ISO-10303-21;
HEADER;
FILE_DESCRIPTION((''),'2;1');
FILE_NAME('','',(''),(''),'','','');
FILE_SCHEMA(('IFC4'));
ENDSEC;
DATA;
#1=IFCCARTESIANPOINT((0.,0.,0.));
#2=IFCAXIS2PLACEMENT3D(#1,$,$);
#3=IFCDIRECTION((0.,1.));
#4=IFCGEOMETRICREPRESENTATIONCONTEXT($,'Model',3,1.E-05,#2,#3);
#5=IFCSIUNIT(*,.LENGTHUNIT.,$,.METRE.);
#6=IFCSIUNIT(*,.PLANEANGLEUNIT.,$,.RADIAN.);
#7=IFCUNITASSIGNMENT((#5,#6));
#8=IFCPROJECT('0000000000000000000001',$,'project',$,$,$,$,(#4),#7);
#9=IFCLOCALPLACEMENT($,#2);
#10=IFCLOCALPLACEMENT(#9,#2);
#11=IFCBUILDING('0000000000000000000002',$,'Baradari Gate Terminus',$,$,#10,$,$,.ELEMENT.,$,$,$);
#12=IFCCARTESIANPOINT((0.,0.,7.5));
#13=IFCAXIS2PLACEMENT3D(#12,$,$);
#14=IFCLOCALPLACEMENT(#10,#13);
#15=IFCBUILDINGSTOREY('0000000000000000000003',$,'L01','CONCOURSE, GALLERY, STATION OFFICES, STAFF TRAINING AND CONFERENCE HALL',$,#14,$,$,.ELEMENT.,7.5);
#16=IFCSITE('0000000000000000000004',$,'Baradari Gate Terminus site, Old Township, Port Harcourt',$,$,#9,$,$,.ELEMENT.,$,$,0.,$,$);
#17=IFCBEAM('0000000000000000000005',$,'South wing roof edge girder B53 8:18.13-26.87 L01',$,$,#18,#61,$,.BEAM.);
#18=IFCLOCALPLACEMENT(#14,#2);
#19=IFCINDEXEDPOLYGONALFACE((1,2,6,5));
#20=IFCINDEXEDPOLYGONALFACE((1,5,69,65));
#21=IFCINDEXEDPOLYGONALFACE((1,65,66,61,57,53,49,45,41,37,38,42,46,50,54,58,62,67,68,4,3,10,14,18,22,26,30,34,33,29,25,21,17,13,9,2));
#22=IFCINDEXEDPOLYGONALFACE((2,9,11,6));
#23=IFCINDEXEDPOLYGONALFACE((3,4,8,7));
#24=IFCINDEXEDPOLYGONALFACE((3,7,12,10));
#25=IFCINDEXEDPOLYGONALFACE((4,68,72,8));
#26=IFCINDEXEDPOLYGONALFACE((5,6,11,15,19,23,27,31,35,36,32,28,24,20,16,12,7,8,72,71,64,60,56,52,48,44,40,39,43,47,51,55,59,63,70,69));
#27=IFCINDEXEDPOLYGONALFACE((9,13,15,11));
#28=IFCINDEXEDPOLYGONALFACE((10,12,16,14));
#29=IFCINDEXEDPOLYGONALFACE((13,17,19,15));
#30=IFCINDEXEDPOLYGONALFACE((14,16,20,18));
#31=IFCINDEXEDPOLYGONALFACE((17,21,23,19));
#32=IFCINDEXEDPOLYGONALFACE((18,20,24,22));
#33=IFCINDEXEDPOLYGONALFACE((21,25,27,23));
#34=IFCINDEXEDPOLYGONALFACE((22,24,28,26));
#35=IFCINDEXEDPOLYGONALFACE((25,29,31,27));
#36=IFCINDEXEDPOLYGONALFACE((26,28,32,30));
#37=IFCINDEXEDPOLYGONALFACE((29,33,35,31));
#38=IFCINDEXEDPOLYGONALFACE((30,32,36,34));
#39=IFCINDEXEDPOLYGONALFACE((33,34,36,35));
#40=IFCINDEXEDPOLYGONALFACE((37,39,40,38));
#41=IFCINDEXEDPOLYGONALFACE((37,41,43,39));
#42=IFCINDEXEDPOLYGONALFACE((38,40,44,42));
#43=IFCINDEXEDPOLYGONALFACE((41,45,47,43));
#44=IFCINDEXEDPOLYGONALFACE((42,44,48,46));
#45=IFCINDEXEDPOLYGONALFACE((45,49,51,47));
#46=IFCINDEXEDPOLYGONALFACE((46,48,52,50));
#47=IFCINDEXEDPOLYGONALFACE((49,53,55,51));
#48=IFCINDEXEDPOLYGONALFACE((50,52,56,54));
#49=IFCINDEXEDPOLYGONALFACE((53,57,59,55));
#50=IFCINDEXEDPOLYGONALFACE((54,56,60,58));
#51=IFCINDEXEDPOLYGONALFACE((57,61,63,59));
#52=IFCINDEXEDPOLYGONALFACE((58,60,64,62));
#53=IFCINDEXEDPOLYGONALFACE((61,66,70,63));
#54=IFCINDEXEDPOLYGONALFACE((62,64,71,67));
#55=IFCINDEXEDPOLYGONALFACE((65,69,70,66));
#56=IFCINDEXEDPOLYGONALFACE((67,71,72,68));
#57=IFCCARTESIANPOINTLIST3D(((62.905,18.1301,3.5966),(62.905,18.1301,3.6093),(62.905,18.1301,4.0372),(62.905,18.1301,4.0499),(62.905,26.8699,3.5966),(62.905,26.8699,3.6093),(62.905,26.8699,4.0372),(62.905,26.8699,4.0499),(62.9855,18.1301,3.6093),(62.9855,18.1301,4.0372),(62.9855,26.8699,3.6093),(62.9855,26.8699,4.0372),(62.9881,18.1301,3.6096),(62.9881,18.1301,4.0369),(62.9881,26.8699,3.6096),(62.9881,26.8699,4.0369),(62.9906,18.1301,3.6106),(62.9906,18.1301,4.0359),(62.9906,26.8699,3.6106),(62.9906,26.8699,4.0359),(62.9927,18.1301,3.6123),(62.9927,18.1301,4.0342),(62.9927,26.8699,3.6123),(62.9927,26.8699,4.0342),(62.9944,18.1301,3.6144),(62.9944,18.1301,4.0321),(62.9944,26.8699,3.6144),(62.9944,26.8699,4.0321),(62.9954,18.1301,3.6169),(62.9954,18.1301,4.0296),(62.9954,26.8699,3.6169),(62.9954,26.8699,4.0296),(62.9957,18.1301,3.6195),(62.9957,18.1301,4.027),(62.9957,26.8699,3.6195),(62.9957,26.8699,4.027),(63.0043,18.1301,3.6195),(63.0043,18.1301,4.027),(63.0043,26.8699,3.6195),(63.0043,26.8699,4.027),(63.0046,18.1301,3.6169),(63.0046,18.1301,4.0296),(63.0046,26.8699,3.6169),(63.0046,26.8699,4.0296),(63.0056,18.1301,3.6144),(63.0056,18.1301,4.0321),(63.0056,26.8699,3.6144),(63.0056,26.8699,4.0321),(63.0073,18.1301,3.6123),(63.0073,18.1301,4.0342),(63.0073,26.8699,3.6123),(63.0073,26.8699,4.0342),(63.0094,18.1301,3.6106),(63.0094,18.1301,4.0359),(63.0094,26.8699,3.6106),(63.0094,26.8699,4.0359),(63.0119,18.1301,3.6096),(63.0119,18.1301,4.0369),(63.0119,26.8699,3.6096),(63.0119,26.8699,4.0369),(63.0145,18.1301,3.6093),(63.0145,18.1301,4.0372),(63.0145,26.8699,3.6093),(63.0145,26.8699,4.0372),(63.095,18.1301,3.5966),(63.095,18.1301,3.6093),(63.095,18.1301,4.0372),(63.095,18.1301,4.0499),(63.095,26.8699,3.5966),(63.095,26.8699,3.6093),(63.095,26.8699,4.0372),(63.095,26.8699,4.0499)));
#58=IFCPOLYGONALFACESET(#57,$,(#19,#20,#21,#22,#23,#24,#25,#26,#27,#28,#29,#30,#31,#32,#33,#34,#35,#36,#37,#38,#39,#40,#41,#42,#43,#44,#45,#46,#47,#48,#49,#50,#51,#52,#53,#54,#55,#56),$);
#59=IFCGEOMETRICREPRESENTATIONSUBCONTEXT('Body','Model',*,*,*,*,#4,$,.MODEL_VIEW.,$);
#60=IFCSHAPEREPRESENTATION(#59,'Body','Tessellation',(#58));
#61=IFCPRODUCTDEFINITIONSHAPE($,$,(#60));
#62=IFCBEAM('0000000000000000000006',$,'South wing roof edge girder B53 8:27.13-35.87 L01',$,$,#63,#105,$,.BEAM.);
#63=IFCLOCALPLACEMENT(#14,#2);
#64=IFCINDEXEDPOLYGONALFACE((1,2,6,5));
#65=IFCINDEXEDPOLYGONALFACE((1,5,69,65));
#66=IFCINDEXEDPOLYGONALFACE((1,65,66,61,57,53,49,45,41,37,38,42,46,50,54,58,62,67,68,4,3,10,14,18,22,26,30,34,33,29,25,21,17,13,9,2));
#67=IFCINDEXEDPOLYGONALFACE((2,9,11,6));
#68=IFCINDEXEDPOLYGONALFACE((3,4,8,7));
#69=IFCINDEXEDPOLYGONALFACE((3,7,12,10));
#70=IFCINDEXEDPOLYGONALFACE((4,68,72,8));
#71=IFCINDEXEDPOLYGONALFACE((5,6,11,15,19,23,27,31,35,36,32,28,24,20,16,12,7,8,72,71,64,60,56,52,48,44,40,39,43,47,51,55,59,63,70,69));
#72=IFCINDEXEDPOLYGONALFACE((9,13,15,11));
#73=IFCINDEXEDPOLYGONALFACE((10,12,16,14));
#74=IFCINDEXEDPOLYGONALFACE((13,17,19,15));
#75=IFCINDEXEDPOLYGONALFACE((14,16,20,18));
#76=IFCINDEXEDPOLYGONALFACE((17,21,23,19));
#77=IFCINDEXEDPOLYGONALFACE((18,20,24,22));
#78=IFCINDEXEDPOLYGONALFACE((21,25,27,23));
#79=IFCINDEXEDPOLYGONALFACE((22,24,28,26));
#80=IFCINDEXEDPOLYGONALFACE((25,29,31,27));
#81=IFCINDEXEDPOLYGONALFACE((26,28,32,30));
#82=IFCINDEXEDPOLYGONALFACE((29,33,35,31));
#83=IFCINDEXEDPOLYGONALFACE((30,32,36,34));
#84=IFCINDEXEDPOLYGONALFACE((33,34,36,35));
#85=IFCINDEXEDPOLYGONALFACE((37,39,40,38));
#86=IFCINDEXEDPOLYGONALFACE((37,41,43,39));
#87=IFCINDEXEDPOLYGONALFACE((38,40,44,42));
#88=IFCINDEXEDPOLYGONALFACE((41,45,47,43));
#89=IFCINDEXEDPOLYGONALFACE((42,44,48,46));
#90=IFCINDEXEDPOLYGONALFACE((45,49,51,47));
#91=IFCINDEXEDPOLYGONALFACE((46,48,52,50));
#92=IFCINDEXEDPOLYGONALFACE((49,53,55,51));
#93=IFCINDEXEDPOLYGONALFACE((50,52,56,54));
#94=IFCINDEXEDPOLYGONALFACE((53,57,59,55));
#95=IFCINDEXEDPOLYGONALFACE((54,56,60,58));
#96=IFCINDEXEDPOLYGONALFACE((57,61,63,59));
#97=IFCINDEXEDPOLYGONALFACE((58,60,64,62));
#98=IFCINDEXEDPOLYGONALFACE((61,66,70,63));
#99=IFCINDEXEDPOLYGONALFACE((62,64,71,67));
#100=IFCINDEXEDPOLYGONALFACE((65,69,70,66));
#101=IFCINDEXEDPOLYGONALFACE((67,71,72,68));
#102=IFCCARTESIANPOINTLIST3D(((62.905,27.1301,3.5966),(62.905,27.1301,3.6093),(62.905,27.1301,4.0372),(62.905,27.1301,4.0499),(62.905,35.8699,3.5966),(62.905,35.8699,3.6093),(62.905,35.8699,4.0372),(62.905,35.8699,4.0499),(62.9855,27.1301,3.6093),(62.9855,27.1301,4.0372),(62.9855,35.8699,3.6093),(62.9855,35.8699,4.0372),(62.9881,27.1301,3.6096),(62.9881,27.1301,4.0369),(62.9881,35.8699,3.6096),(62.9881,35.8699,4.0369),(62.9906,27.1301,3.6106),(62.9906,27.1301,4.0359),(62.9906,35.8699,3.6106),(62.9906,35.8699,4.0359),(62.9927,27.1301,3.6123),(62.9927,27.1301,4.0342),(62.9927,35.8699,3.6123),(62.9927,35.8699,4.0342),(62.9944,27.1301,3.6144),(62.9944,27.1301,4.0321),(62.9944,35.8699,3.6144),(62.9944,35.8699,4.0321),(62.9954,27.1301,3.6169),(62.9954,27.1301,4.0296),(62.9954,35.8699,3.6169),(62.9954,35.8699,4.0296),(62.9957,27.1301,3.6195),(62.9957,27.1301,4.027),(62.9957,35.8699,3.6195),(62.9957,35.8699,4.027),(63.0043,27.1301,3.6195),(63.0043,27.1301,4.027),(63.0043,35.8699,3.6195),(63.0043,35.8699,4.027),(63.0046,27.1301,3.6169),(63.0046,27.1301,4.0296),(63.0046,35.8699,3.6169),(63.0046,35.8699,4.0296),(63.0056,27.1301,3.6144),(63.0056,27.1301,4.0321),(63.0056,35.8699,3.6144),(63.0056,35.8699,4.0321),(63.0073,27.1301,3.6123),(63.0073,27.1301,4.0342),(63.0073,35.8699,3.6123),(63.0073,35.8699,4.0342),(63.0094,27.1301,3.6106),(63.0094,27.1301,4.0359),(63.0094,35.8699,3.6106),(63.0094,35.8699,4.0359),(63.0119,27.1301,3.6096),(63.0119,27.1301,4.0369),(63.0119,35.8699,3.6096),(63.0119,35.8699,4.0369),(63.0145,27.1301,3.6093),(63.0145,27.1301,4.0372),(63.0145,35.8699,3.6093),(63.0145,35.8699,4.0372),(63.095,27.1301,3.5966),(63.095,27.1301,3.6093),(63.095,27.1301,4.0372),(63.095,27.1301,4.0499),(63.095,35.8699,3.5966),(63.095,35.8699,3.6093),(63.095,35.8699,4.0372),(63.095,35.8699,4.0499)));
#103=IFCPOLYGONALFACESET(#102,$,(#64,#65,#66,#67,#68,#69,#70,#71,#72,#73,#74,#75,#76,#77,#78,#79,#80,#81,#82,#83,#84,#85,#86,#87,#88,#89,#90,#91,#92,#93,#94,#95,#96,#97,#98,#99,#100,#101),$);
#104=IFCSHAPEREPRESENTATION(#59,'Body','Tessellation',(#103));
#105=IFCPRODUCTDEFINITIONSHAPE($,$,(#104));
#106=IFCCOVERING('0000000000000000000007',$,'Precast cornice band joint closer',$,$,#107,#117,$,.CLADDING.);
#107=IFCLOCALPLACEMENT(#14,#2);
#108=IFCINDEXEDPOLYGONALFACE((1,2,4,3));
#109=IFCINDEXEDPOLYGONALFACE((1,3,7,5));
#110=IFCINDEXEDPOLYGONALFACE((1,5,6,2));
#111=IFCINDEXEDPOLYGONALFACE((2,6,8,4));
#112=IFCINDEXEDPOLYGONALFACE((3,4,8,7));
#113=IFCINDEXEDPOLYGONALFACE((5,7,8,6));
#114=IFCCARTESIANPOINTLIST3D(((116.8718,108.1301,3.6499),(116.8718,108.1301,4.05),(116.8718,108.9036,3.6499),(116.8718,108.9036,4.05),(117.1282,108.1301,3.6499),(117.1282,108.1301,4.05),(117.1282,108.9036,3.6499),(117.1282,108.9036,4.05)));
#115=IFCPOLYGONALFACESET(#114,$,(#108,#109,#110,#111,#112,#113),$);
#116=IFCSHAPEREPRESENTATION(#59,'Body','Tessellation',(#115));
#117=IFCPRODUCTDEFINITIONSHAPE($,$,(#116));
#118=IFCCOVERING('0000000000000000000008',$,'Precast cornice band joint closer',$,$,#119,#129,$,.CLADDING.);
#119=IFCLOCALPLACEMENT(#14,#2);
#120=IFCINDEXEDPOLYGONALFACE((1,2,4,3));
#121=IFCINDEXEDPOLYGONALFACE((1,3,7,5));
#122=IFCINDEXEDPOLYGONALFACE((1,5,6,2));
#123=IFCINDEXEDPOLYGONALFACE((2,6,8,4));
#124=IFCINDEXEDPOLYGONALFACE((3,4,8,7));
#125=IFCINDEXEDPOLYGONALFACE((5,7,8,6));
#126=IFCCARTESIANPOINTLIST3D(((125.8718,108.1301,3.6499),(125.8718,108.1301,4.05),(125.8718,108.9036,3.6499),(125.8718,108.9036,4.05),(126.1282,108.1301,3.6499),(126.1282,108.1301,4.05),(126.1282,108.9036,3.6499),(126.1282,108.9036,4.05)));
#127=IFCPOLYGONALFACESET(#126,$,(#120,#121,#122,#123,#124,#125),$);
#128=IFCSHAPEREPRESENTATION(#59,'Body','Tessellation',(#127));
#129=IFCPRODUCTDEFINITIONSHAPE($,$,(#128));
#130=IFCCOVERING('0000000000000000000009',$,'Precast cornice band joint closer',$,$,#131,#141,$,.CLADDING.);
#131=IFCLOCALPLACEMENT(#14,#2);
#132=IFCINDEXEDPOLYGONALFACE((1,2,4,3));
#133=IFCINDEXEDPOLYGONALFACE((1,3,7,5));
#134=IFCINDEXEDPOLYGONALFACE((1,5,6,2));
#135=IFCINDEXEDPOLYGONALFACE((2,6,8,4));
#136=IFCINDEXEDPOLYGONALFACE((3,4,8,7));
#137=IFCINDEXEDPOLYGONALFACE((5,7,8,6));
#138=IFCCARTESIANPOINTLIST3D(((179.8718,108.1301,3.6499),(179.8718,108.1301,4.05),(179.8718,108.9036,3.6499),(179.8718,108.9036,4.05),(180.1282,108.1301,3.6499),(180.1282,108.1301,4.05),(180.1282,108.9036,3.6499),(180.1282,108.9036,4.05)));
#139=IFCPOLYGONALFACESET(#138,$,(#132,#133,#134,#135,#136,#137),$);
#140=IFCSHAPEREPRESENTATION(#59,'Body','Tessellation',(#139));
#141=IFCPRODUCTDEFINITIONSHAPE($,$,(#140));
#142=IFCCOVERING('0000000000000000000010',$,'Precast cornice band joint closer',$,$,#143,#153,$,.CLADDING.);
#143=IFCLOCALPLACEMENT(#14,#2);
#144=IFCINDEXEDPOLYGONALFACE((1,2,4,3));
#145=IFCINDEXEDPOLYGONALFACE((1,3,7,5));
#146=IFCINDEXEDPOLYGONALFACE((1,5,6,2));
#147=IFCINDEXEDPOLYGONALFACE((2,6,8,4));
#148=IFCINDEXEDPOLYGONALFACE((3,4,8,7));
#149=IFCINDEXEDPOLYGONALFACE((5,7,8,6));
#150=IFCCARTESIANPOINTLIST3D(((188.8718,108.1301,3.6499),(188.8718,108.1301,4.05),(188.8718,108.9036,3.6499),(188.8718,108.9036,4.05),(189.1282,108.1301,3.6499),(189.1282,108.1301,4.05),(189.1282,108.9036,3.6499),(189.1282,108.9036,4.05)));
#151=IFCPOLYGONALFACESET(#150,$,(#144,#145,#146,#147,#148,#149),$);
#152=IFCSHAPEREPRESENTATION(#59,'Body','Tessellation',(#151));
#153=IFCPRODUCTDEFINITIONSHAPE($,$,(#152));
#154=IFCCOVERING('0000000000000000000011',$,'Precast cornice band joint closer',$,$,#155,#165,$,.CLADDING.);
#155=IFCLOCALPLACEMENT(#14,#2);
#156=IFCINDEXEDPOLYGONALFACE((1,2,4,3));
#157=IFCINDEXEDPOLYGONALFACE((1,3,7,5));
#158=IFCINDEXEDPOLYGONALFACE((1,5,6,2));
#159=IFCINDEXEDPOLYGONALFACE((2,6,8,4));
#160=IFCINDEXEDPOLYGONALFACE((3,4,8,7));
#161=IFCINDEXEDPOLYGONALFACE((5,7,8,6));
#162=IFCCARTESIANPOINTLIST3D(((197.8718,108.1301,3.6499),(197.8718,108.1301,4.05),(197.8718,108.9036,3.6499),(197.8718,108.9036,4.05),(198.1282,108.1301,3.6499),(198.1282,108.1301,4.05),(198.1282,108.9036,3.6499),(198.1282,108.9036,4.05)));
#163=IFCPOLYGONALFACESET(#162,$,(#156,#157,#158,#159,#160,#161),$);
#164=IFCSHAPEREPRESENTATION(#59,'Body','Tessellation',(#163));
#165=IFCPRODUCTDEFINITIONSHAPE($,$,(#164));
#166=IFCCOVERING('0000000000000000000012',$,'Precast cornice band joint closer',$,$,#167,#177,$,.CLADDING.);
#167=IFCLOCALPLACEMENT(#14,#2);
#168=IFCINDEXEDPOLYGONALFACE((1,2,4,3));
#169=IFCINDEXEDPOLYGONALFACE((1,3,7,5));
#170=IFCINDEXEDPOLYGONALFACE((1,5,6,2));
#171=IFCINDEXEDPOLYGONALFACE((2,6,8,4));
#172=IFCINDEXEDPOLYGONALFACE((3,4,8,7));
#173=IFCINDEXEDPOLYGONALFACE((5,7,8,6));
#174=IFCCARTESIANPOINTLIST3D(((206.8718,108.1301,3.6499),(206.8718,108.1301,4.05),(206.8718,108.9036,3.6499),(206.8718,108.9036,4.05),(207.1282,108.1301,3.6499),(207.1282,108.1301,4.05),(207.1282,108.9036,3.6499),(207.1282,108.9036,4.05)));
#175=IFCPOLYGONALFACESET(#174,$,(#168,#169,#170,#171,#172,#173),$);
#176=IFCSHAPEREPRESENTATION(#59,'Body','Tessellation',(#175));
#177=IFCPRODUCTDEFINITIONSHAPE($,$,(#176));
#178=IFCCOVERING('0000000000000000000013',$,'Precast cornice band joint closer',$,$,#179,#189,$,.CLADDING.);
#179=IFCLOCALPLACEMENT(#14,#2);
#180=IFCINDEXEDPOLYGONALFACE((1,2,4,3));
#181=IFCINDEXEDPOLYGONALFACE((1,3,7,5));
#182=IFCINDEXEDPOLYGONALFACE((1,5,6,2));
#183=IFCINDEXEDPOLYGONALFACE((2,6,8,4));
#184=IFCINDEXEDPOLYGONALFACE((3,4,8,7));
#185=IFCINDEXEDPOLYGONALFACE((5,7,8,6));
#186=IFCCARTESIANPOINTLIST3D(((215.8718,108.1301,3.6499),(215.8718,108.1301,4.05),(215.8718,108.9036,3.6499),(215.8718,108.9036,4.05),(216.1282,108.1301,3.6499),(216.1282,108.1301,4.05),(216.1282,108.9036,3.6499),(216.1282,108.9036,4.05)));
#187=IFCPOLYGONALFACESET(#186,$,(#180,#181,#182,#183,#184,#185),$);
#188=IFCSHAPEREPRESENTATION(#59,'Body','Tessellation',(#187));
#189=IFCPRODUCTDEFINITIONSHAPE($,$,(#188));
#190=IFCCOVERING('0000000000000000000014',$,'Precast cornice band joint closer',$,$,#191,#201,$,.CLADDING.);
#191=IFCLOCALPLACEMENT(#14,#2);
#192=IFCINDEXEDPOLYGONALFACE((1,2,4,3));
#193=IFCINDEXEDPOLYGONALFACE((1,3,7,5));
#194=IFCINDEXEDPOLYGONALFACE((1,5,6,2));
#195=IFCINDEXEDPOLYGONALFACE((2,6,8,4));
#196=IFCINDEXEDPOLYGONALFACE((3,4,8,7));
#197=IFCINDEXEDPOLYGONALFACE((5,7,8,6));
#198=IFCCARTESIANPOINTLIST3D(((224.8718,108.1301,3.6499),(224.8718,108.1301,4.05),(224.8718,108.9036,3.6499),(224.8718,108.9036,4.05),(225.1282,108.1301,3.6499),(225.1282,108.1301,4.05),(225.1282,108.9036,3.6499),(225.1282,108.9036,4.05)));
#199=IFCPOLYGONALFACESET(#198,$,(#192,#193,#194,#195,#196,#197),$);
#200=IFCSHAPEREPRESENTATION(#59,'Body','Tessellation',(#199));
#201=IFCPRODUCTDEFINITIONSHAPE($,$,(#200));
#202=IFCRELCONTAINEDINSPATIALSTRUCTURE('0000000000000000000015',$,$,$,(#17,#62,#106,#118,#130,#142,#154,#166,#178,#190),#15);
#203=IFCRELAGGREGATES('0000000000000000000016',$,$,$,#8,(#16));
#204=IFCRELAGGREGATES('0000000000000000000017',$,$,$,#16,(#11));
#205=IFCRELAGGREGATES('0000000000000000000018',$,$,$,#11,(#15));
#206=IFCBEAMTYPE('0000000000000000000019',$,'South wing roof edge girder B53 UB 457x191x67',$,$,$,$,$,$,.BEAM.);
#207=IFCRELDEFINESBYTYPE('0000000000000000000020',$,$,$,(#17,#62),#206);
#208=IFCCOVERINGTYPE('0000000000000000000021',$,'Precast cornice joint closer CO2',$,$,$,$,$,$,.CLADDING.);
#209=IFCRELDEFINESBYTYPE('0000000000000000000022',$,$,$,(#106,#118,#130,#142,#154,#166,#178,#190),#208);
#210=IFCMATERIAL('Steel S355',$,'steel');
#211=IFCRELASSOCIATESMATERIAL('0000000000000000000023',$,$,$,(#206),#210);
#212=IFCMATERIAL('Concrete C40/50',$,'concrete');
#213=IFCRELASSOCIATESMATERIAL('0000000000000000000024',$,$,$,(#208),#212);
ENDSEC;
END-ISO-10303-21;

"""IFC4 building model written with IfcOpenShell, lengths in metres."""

from ifc_helpers import new_model, si_unit, direction, frame, origin, origin_2d, place, context, subcontext, project, spatial, polyline, i_section, outline, extrude, material, material_profile, profile_set, type_object, element, save


model = new_model("IFC4")

# Units and contexts
model_context = context("Model", 3, precision=1e-05, world=origin(), true_north=direction((0.0, 1.0)))
body_context = subcontext(model_context, "Body", "Model", "MODEL_VIEW")
ifc_project = project(units=[si_unit("LENGTHUNIT", "METRE"), si_unit("PLANEANGLEUNIT", "RADIAN")], contexts=[model_context])

# Site, building, storey
site_placement = place(None, origin())
site = spatial("IfcSite", under=ifc_project, at=site_placement, Name="Baradari Gate Terminus site, Old Township, Port Harcourt", CompositionType="ELEMENT", RefElevation=0.0)
building_placement = place(site_placement, origin())
building = spatial("IfcBuilding", under=site, at=building_placement, Name="Baradari Gate Terminus", CompositionType="ELEMENT")
storey_placement = place(building_placement, frame((0.0, 0.0, 7.5)))
storey = spatial("IfcBuildingStorey", under=building, at=storey_placement, Name="L01", Description="CONCOURSE, GALLERY, STATION OFFICES, STAFF TRAINING AND CONFERENCE HALL", CompositionType="ELEMENT", Elevation=7.5)

# Beams
ifc_material_1 = material(Name="Steel S355", Category="steel")
ifc_material_profile_1 = material_profile(ifc_material_1, i_section(OverallWidth=0.1899, OverallDepth=0.4534, WebThickness=0.0085, FlangeThickness=0.0127, FilletRadius=0.0103, at=origin_2d()), Name="UB 457x191x67")
ifc_profile_set_1 = profile_set([ifc_material_profile_1], Name="Steel S355")
beam_type_1 = type_object("IfcBeamType", Name="South wing roof edge girder B53 UB 457x191x67", PredefinedType="BEAM", material=ifc_profile_set_1)
for number, where, z_axis, x_axis, name in (
    (1, (63.0, 18.1301, 3.8232), (0.0, 1.0, 0.0), (-1.0, 0.0, 0.0), "South wing roof edge girder B53 8:18.13-26.87 L01"),
    (2, (63.0, 27.1301, 3.8232), (0.0, 1.0, 0.0), (-1.0, 0.0, 0.0), "South wing roof edge girder B53 8:27.13-35.87 L01"),
):
    element("IfcBeam", number, at=place(storey_placement, frame(where, z_axis=z_axis, x_axis=x_axis)), inside=storey, type_object=beam_type_1, Name=name, PredefinedType="BEAM", context=body_context, shape_type="SweptSolid", body=[
        extrude(i_section(OverallWidth=0.1899, OverallDepth=0.4534, WebThickness=0.0085, FlangeThickness=0.0127, FilletRadius=0.0103, at=origin_2d()), origin(), (0.0, 0.0, 1.0), 8.7397),
    ])

# Coverings
ifc_material_2 = material(Name="Concrete C40/50", Category="concrete")
covering_type = type_object("IfcCoveringType", Name="Precast cornice joint closer CO2", PredefinedType="CLADDING", material=ifc_material_2)
covering_1_placement = place(storey_placement, frame((0.0, 0.0, 3.6499)))
element("IfcCovering", 3, at=covering_1_placement, inside=storey, type_object=covering_type, Name="Precast cornice band joint closer", PredefinedType="CLADDING", context=body_context, shape_type="SweptSolid", body=[
    extrude(outline(polyline([(116.8718, 108.9036), (117.1282, 108.9036), (117.1282, 108.1301), (116.8718, 108.1301), (116.8718, 108.9036)])), origin(), (0.0, 0.0, 1.0), 0.4001),
])
covering_2_placement = place(storey_placement, frame((0.0, 0.0, 3.6499)))
element("IfcCovering", 4, at=covering_2_placement, inside=storey, type_object=covering_type, Name="Precast cornice band joint closer", PredefinedType="CLADDING", context=body_context, shape_type="SweptSolid", body=[
    extrude(outline(polyline([(125.8718, 108.9036), (126.1282, 108.9036), (126.1282, 108.1301), (125.8718, 108.1301), (125.8718, 108.9036)])), origin(), (0.0, 0.0, 1.0), 0.4001),
])
covering_3_placement = place(storey_placement, frame((0.0, 0.0, 3.6499)))
element("IfcCovering", 5, at=covering_3_placement, inside=storey, type_object=covering_type, Name="Precast cornice band joint closer", PredefinedType="CLADDING", context=body_context, shape_type="SweptSolid", body=[
    extrude(outline(polyline([(179.8718, 108.9036), (180.1282, 108.9036), (180.1282, 108.1301), (179.8718, 108.1301), (179.8718, 108.9036)])), origin(), (0.0, 0.0, 1.0), 0.4001),
])
covering_4_placement = place(storey_placement, frame((0.0, 0.0, 3.6499)))
element("IfcCovering", 6, at=covering_4_placement, inside=storey, type_object=covering_type, Name="Precast cornice band joint closer", PredefinedType="CLADDING", context=body_context, shape_type="SweptSolid", body=[
    extrude(outline(polyline([(188.8718, 108.9036), (189.1282, 108.9036), (189.1282, 108.1301), (188.8718, 108.1301), (188.8718, 108.9036)])), origin(), (0.0, 0.0, 1.0), 0.4001),
])
covering_5_placement = place(storey_placement, frame((0.0, 0.0, 3.6499)))
element("IfcCovering", 7, at=covering_5_placement, inside=storey, type_object=covering_type, Name="Precast cornice band joint closer", PredefinedType="CLADDING", context=body_context, shape_type="SweptSolid", body=[
    extrude(outline(polyline([(197.8718, 108.9036), (198.1282, 108.9036), (198.1282, 108.1301), (197.8718, 108.1301), (197.8718, 108.9036)])), origin(), (0.0, 0.0, 1.0), 0.4001),
])
covering_6_placement = place(storey_placement, frame((0.0, 0.0, 3.6499)))
element("IfcCovering", 8, at=covering_6_placement, inside=storey, type_object=covering_type, Name="Precast cornice band joint closer", PredefinedType="CLADDING", context=body_context, shape_type="SweptSolid", body=[
    extrude(outline(polyline([(206.8718, 108.9036), (207.1282, 108.9036), (207.1282, 108.1301), (206.8718, 108.1301), (206.8718, 108.9036)])), origin(), (0.0, 0.0, 1.0), 0.4001),
])
covering_7_placement = place(storey_placement, frame((0.0, 0.0, 3.6499)))
element("IfcCovering", 9, at=covering_7_placement, inside=storey, type_object=covering_type, Name="Precast cornice band joint closer", PredefinedType="CLADDING", context=body_context, shape_type="SweptSolid", body=[
    extrude(outline(polyline([(215.8718, 108.9036), (216.1282, 108.9036), (216.1282, 108.1301), (215.8718, 108.1301), (215.8718, 108.9036)])), origin(), (0.0, 0.0, 1.0), 0.4001),
])
covering_8_placement = place(storey_placement, frame((0.0, 0.0, 3.6499)))
element("IfcCovering", 10, at=covering_8_placement, inside=storey, type_object=covering_type, Name="Precast cornice band joint closer", PredefinedType="CLADDING", context=body_context, shape_type="SweptSolid", body=[
    extrude(outline(polyline([(224.8718, 108.9036), (225.1282, 108.9036), (225.1282, 108.1301), (224.8718, 108.1301), (224.8718, 108.9036)])), origin(), (0.0, 0.0, 1.0), 0.4001),
])

save(model, "model.ifc")
